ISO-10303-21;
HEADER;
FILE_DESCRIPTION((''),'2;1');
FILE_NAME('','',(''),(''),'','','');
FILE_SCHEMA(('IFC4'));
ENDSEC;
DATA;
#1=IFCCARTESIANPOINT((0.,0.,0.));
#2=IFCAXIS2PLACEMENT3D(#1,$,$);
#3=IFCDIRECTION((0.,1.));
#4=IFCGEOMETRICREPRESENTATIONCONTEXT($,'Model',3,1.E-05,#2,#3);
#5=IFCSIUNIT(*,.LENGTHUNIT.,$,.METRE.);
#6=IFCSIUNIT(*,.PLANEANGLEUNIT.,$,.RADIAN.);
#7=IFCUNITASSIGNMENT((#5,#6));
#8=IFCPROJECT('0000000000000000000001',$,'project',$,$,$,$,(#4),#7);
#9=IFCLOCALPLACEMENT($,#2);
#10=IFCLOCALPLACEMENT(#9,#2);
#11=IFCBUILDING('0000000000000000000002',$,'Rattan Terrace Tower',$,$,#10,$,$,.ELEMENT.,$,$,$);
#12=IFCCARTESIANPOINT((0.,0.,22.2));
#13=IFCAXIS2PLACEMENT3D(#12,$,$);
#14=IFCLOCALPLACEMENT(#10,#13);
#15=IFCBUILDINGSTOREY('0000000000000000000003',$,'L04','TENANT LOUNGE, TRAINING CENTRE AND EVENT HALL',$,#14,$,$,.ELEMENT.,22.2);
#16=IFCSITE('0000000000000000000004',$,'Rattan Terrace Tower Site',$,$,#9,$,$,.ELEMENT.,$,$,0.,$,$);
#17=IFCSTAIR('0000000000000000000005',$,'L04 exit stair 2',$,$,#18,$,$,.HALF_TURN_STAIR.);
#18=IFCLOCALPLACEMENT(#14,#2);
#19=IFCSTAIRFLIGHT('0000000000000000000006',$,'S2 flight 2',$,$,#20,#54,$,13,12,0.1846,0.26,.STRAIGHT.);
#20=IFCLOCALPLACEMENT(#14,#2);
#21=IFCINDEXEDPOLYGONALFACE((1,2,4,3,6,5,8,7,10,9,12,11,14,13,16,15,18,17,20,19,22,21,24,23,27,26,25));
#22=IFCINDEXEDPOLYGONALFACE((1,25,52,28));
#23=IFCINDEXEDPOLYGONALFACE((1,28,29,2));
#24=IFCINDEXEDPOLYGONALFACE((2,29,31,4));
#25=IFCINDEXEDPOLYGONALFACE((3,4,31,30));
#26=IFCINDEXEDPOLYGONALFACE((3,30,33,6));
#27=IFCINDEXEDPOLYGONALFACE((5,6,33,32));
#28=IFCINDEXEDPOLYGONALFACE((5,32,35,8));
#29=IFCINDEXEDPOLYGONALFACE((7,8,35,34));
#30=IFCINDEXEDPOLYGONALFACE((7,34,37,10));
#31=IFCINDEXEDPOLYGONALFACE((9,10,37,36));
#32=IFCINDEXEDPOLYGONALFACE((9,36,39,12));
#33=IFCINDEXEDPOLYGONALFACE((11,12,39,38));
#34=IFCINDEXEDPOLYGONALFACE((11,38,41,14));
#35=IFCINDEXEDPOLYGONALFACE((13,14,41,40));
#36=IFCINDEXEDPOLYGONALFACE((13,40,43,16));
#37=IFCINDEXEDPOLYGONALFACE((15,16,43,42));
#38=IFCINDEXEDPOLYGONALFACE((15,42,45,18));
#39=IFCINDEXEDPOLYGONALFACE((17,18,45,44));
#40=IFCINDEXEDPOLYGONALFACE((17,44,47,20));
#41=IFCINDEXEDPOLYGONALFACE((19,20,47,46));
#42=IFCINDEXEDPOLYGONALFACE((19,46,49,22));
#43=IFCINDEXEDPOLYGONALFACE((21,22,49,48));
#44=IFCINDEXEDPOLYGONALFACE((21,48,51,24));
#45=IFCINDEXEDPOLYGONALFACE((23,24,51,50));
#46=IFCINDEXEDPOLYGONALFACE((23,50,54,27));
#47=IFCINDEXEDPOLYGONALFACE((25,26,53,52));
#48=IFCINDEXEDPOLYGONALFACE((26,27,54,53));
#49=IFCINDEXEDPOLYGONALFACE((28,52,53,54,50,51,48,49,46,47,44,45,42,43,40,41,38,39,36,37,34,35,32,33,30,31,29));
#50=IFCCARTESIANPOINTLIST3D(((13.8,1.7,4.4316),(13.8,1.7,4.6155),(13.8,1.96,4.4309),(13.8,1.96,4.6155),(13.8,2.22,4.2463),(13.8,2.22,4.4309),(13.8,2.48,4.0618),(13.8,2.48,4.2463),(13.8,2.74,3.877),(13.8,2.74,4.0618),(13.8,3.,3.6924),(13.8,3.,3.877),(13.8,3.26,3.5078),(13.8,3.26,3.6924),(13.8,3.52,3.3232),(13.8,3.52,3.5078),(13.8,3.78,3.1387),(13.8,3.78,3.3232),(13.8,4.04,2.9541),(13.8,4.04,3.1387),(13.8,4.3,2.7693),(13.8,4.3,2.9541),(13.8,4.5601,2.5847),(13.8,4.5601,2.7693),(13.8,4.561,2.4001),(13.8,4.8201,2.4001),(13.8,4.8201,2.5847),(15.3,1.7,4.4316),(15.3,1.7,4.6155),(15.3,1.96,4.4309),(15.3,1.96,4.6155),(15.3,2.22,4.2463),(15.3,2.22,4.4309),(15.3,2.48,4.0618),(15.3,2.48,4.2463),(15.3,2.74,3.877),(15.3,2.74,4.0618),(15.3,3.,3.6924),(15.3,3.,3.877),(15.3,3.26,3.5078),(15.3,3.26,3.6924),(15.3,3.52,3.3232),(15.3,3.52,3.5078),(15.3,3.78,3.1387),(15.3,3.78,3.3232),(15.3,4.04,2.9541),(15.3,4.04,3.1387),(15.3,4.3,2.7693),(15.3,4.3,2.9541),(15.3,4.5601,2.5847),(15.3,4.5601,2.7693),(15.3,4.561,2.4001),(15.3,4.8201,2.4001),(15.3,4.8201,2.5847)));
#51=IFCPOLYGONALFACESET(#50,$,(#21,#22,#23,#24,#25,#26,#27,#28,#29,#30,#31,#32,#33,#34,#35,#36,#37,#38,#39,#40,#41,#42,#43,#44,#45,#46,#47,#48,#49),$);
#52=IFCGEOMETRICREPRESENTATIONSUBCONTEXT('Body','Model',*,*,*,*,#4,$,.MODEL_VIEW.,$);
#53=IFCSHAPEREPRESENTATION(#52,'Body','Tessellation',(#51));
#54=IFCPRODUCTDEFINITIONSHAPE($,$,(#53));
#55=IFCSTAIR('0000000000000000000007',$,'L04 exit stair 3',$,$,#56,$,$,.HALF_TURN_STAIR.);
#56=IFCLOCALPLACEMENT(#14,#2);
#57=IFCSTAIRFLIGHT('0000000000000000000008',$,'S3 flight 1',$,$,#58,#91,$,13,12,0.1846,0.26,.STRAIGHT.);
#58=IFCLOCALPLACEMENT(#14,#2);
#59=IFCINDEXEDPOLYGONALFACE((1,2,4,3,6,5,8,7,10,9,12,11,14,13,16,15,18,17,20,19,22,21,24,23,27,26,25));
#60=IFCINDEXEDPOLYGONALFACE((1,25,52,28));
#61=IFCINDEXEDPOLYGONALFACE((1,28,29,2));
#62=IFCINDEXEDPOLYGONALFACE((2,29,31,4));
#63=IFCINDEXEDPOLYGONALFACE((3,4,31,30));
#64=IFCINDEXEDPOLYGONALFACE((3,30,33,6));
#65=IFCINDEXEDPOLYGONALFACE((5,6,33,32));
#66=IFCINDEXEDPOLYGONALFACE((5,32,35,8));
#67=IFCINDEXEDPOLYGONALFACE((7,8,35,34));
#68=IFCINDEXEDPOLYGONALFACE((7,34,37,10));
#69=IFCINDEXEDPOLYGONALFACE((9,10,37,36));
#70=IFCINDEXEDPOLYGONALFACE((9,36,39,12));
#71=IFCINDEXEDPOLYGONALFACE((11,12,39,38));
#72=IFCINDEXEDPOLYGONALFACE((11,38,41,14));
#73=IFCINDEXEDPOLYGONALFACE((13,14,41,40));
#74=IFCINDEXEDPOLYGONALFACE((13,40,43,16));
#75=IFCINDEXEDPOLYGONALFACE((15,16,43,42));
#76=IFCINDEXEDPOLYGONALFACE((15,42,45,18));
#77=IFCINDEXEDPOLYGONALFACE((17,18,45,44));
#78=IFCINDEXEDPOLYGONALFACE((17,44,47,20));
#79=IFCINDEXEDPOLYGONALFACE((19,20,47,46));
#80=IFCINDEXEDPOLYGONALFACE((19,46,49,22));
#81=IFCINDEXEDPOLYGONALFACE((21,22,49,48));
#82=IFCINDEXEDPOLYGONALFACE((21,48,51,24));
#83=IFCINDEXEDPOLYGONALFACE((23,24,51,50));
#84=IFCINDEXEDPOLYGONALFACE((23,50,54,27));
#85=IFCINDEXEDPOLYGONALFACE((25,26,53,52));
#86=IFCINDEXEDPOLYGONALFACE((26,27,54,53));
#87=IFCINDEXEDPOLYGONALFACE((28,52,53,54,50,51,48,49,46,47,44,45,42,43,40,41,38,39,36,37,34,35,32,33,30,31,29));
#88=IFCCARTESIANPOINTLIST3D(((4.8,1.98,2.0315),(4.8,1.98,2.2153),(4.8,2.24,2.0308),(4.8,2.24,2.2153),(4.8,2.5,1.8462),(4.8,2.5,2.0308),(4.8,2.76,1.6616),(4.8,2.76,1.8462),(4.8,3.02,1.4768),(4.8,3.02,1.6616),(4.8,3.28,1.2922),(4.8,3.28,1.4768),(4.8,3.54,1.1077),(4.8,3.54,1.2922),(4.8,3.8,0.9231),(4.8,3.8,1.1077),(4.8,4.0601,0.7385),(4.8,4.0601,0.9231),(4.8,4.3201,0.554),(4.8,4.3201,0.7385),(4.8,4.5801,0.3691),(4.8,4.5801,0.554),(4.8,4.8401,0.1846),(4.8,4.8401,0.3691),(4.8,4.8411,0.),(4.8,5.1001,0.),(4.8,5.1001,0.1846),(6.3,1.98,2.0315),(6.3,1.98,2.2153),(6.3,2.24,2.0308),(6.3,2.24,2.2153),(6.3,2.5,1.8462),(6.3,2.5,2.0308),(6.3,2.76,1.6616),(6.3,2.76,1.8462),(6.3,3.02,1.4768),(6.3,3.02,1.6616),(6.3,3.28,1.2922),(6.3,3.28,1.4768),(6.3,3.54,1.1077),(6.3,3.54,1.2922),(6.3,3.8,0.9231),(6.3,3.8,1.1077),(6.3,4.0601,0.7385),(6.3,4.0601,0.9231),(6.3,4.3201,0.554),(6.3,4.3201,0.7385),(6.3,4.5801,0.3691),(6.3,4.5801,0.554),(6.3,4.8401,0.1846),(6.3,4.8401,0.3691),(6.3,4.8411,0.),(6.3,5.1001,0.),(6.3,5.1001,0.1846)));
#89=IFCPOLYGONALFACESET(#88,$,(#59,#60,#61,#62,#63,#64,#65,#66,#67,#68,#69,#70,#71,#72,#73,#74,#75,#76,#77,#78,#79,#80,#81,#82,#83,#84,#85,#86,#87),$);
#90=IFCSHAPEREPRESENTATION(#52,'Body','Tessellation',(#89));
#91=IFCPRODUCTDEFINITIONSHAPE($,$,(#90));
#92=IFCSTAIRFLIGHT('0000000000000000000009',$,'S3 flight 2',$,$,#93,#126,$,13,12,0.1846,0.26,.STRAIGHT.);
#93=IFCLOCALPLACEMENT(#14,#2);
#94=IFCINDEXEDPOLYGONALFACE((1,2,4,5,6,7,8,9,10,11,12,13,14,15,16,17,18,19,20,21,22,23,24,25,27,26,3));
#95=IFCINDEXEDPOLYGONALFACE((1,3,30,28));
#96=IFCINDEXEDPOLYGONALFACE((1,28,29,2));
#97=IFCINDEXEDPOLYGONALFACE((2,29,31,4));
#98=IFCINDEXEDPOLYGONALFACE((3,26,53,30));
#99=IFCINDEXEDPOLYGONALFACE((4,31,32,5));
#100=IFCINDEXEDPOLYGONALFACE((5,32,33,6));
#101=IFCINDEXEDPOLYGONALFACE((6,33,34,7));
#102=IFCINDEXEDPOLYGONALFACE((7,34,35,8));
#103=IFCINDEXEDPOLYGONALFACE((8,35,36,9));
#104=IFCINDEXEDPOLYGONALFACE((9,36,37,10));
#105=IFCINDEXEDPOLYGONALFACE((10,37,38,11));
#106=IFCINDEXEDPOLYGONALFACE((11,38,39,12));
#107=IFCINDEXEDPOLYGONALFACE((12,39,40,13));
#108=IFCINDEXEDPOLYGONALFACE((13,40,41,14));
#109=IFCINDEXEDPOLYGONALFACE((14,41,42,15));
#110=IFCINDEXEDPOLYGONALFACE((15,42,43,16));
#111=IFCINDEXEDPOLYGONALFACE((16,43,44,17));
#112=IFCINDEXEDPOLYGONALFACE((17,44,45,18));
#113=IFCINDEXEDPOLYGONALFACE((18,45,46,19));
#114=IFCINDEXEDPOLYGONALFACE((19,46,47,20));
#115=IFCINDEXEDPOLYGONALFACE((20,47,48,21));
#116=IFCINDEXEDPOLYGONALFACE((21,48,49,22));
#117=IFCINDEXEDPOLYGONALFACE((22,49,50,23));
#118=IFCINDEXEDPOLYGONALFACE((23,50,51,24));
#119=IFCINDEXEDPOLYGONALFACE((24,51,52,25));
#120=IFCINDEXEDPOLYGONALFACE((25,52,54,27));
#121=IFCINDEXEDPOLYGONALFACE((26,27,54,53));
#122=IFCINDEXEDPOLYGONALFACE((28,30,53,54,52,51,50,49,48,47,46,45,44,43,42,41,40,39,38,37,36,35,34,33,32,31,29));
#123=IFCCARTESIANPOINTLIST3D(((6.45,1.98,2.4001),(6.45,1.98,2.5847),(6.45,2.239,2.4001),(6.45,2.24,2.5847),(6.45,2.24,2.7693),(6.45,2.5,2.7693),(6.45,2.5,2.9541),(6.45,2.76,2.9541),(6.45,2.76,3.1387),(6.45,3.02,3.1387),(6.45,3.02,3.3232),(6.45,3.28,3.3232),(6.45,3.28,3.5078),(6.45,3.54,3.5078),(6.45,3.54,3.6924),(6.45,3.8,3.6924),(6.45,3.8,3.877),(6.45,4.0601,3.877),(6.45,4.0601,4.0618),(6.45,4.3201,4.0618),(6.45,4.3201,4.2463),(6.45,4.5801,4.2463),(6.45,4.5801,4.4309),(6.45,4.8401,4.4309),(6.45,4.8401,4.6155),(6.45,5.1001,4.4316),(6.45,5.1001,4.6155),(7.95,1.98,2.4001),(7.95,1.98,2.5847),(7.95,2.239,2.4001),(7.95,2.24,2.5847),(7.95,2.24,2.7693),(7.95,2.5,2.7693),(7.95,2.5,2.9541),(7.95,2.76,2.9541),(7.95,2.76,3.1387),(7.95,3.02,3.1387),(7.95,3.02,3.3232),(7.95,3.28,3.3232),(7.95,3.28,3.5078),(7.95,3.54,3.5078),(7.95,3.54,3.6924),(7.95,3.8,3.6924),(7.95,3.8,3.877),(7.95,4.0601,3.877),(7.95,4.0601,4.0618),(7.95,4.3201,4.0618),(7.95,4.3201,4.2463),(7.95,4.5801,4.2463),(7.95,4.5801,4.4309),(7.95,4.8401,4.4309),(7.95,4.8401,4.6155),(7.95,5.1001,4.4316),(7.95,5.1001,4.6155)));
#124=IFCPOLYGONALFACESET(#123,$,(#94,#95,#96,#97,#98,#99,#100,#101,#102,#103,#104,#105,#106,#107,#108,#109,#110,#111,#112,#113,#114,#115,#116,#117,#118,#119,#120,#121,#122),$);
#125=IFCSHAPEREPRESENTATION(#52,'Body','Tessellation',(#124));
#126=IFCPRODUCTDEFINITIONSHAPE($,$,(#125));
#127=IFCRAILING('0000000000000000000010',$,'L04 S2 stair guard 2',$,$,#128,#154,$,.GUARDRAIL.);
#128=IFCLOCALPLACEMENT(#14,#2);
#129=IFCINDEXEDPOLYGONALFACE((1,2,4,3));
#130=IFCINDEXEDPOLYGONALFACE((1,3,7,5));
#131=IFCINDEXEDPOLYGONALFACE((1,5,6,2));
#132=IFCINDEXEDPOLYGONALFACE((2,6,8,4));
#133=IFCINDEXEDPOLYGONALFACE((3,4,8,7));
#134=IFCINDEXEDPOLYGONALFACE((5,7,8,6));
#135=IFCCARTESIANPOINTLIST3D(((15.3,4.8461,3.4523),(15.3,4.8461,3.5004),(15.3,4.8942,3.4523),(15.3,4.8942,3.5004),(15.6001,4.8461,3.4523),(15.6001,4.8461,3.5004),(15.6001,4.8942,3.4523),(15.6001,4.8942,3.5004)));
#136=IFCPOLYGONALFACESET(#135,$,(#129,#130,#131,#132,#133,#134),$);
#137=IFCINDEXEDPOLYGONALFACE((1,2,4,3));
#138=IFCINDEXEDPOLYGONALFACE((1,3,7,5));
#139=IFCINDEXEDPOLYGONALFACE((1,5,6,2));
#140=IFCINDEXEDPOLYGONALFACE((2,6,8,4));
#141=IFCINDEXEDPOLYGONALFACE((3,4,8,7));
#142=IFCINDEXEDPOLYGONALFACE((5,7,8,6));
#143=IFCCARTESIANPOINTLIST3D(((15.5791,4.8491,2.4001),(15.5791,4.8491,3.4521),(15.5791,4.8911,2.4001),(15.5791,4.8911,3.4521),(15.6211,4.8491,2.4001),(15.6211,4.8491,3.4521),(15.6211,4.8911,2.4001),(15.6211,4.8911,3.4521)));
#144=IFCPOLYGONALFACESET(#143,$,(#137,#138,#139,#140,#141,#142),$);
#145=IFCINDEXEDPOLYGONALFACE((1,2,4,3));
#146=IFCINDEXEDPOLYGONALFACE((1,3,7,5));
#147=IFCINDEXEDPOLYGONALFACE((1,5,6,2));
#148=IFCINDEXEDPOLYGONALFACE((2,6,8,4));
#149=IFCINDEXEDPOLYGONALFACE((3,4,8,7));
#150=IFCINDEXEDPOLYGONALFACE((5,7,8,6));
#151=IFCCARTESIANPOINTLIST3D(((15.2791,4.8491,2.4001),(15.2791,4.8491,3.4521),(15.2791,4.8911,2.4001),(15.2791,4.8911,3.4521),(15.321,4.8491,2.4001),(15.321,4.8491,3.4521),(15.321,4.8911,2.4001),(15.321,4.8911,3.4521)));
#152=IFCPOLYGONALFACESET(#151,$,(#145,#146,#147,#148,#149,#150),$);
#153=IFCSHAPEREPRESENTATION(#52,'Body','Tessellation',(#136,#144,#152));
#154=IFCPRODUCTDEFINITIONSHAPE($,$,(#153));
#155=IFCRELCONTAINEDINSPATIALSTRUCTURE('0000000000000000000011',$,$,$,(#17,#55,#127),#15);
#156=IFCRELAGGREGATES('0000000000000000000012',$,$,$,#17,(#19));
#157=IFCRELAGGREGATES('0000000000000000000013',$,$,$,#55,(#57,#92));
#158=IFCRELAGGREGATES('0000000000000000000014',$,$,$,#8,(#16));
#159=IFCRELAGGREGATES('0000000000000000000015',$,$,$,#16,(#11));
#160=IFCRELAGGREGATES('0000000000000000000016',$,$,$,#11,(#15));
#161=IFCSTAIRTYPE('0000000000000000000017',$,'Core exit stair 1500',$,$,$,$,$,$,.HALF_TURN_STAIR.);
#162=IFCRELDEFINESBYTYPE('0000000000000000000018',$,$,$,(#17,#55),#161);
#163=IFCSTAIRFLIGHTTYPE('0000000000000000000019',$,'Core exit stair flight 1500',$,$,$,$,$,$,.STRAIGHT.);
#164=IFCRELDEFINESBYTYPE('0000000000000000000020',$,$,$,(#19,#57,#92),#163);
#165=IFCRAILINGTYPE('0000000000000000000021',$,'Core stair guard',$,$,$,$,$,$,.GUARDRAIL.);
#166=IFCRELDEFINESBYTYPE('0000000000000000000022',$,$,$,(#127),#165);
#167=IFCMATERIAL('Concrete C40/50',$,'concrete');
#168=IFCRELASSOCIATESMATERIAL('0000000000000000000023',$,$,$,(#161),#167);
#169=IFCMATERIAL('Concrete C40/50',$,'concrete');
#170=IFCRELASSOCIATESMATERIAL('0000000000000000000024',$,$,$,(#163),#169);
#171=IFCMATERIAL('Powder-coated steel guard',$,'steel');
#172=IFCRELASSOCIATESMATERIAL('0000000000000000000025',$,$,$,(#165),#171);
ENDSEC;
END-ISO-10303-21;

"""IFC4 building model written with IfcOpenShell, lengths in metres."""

from ifc_helpers import new_model, si_unit, direction, frame, origin, origin_2d, place, context, subcontext, project, spatial, polyline, rectangle, outline, extrude, material, type_object, element, aggregate, save


model = new_model("IFC4")

# Units and contexts
model_context = context("Model", 3, precision=1e-05, world=origin(), true_north=direction((0.0, 1.0)))
body_context = subcontext(model_context, "Body", "Model", "MODEL_VIEW")
ifc_project = project(units=[si_unit("LENGTHUNIT", "METRE"), si_unit("PLANEANGLEUNIT", "RADIAN")], contexts=[model_context])

# Site, building, storey
site_placement = place(None, origin())
site = spatial("IfcSite", under=ifc_project, at=site_placement, Name="Rattan Terrace Tower Site", CompositionType="ELEMENT", RefElevation=0.0)
building_placement = place(site_placement, origin())
building = spatial("IfcBuilding", under=site, at=building_placement, Name="Rattan Terrace Tower", CompositionType="ELEMENT")
storey_placement = place(building_placement, frame((0.0, 0.0, 22.2)))
storey = spatial("IfcBuildingStorey", under=building, at=storey_placement, Name="L04", Description="TENANT LOUNGE, TRAINING CENTRE AND EVENT HALL", CompositionType="ELEMENT", Elevation=22.2)

# Stair, stair flight
ifc_material_1 = material(Name="Concrete C40/50", Category="concrete")
stair_type = type_object("IfcStairType", Name="Core exit stair 1500", PredefinedType="HALF_TURN_STAIR", material=ifc_material_1)
stair_1_placement = place(storey_placement, origin())
stair_1 = element("IfcStair", 1, at=stair_1_placement, inside=storey, type_object=stair_type, Name="L04 exit stair 2", PredefinedType="HALF_TURN_STAIR")
ifc_material_2 = material(Name="Concrete C40/50", Category="concrete")
stair_flight_type = type_object("IfcStairFlightType", Name="Core exit stair flight 1500", PredefinedType="STRAIGHT", material=ifc_material_2)
stair_flight_1_placement = place(storey_placement, frame((14.55, 4.8201, 2.4001), z_axis=(0.0, 0.0, 1.0), x_axis=(0.0, -1.0, 0.0)))
stair_flight_1 = element("IfcStairFlight", 2, at=stair_flight_1_placement, type_object=stair_flight_type, Name="S2 flight 2", NumberOfRisers=13, NumberOfTreads=12, PredefinedType="STRAIGHT", RiserHeight=0.1846, TreadLength=0.26, context=body_context, shape_type="SweptSolid", body=[
    extrude(outline(polyline([(0.0, 0.0), (0.0, 0.1846), (0.26, 0.1846), (0.26, 0.3691), (0.52, 0.3691), (0.52, 0.554), (0.78, 0.554), (0.78, 0.7385), (1.04, 0.7385), (1.04, 0.9231), (1.3, 0.9231), (1.3, 1.1077), (1.5601, 1.1077), (1.5601, 1.2922), (1.8201, 1.2922), (1.8201, 1.4768), (2.0801, 1.4768), (2.0801, 1.6616), (2.3401, 1.6616), (2.3401, 1.8462), (2.6001, 1.8462), (2.6001, 2.0308), (2.8601, 2.0308), (2.8601, 2.2153), (3.1201, 2.2153), (3.1201, 2.3999), (3.1201, 2.0315), (0.259, 0.0), (0.0, 0.0)])), frame((0.0, 0.75, 0.0), z_axis=(0.0, -1.0, 0.0), x_axis=(1.0, 0.0, 0.0)), (0.0, 0.0, 1.0), 1.5),
])
aggregate(stair_1, [stair_flight_1])

# Stair, stair flights
stair_2_placement = place(storey_placement, origin())
stair_2 = element("IfcStair", 3, at=stair_2_placement, inside=storey, type_object=stair_type, Name="L04 exit stair 3", PredefinedType="HALF_TURN_STAIR")
stair_flight_2_placement = place(storey_placement, frame((5.55, 5.1001, 0.0), z_axis=(0.0, 0.0, 1.0), x_axis=(0.0, -1.0, 0.0)))
stair_flight_2 = element("IfcStairFlight", 4, at=stair_flight_2_placement, type_object=stair_flight_type, Name="S3 flight 1", NumberOfRisers=13, NumberOfTreads=12, PredefinedType="STRAIGHT", RiserHeight=0.1846, TreadLength=0.26, context=body_context, shape_type="SweptSolid", body=[
    extrude(outline(polyline([(0.0, 0.0), (0.0, 0.1846), (0.26, 0.1846), (0.26, 0.3691), (0.52, 0.3691), (0.52, 0.554), (0.78, 0.554), (0.78, 0.7385), (1.04, 0.7385), (1.04, 0.9231), (1.3, 0.9231), (1.3, 1.1077), (1.5601, 1.1077), (1.5601, 1.2922), (1.8201, 1.2922), (1.8201, 1.4768), (2.0801, 1.4768), (2.0801, 1.6616), (2.3401, 1.6616), (2.3401, 1.8462), (2.6001, 1.8462), (2.6001, 2.0308), (2.8601, 2.0308), (2.8601, 2.2153), (3.1201, 2.2153), (3.1201, 2.3999), (3.1201, 2.0315), (0.259, 0.0), (0.0, 0.0)])), frame((0.0, 0.75, 0.0), z_axis=(0.0, -1.0, 0.0), x_axis=(1.0, 0.0, 0.0)), (0.0, 0.0, 1.0), 1.5),
])
stair_flight_3_placement = place(storey_placement, frame((7.2, 1.98, 2.4001), z_axis=(0.0, 0.0, 1.0), x_axis=(0.0, 1.0, 0.0)))
stair_flight_3 = element("IfcStairFlight", 5, at=stair_flight_3_placement, type_object=stair_flight_type, Name="S3 flight 2", NumberOfRisers=13, NumberOfTreads=12, PredefinedType="STRAIGHT", RiserHeight=0.1846, TreadLength=0.26, context=body_context, shape_type="SweptSolid", body=[
    extrude(outline(polyline([(0.0, 0.0), (0.0, 0.1846), (0.26, 0.1846), (0.26, 0.3691), (0.52, 0.3691), (0.52, 0.554), (0.78, 0.554), (0.78, 0.7385), (1.04, 0.7385), (1.04, 0.9231), (1.3, 0.9231), (1.3, 1.1077), (1.5601, 1.1077), (1.5601, 1.2922), (1.8201, 1.2922), (1.8201, 1.4768), (2.0801, 1.4768), (2.0801, 1.6616), (2.3401, 1.6616), (2.3401, 1.8462), (2.6001, 1.8462), (2.6001, 2.0308), (2.8601, 2.0308), (2.8601, 2.2153), (3.1201, 2.2153), (3.1201, 2.3999), (3.1201, 2.0315), (0.259, 0.0), (0.0, 0.0)])), frame((0.0, 0.75, 0.0), z_axis=(0.0, -1.0, 0.0), x_axis=(1.0, 0.0, 0.0)), (0.0, 0.0, 1.0), 1.5),
])
aggregate(stair_2, [stair_flight_2, stair_flight_3])

# Railing
ifc_material_3 = material(Name="Powder-coated steel guard", Category="steel")
railing_type_1 = type_object("IfcRailingType", Name="Core stair guard", PredefinedType="GUARDRAIL", material=ifc_material_3)
railing_1_placement = place(storey_placement, frame((15.6001, 4.8701, 2.4001)))
element("IfcRailing", 6, at=railing_1_placement, inside=storey, type_object=railing_type_1, Name="L04 S2 stair guard 2", PredefinedType="GUARDRAIL", context=body_context, shape_type="SweptSolid", body=[
    extrude(rectangle(XDim=0.0481, YDim=0.0481, at=origin_2d()), frame((0.0, 0.0, 1.0762), z_axis=(-1.0, 0.0, 0.0), x_axis=(0.0, -1.0, 0.0)), (0.0, 0.0, 1.0), 0.3),
    extrude(rectangle(XDim=0.042, YDim=0.042, at=origin_2d()), origin(), (0.0, 0.0, 1.0), 1.052),
    extrude(rectangle(XDim=0.042, YDim=0.042, at=origin_2d()), frame((-0.3, 0.0, 0.0)), (0.0, 0.0, 1.0), 1.052),
])

save(model, "model.ifc")
